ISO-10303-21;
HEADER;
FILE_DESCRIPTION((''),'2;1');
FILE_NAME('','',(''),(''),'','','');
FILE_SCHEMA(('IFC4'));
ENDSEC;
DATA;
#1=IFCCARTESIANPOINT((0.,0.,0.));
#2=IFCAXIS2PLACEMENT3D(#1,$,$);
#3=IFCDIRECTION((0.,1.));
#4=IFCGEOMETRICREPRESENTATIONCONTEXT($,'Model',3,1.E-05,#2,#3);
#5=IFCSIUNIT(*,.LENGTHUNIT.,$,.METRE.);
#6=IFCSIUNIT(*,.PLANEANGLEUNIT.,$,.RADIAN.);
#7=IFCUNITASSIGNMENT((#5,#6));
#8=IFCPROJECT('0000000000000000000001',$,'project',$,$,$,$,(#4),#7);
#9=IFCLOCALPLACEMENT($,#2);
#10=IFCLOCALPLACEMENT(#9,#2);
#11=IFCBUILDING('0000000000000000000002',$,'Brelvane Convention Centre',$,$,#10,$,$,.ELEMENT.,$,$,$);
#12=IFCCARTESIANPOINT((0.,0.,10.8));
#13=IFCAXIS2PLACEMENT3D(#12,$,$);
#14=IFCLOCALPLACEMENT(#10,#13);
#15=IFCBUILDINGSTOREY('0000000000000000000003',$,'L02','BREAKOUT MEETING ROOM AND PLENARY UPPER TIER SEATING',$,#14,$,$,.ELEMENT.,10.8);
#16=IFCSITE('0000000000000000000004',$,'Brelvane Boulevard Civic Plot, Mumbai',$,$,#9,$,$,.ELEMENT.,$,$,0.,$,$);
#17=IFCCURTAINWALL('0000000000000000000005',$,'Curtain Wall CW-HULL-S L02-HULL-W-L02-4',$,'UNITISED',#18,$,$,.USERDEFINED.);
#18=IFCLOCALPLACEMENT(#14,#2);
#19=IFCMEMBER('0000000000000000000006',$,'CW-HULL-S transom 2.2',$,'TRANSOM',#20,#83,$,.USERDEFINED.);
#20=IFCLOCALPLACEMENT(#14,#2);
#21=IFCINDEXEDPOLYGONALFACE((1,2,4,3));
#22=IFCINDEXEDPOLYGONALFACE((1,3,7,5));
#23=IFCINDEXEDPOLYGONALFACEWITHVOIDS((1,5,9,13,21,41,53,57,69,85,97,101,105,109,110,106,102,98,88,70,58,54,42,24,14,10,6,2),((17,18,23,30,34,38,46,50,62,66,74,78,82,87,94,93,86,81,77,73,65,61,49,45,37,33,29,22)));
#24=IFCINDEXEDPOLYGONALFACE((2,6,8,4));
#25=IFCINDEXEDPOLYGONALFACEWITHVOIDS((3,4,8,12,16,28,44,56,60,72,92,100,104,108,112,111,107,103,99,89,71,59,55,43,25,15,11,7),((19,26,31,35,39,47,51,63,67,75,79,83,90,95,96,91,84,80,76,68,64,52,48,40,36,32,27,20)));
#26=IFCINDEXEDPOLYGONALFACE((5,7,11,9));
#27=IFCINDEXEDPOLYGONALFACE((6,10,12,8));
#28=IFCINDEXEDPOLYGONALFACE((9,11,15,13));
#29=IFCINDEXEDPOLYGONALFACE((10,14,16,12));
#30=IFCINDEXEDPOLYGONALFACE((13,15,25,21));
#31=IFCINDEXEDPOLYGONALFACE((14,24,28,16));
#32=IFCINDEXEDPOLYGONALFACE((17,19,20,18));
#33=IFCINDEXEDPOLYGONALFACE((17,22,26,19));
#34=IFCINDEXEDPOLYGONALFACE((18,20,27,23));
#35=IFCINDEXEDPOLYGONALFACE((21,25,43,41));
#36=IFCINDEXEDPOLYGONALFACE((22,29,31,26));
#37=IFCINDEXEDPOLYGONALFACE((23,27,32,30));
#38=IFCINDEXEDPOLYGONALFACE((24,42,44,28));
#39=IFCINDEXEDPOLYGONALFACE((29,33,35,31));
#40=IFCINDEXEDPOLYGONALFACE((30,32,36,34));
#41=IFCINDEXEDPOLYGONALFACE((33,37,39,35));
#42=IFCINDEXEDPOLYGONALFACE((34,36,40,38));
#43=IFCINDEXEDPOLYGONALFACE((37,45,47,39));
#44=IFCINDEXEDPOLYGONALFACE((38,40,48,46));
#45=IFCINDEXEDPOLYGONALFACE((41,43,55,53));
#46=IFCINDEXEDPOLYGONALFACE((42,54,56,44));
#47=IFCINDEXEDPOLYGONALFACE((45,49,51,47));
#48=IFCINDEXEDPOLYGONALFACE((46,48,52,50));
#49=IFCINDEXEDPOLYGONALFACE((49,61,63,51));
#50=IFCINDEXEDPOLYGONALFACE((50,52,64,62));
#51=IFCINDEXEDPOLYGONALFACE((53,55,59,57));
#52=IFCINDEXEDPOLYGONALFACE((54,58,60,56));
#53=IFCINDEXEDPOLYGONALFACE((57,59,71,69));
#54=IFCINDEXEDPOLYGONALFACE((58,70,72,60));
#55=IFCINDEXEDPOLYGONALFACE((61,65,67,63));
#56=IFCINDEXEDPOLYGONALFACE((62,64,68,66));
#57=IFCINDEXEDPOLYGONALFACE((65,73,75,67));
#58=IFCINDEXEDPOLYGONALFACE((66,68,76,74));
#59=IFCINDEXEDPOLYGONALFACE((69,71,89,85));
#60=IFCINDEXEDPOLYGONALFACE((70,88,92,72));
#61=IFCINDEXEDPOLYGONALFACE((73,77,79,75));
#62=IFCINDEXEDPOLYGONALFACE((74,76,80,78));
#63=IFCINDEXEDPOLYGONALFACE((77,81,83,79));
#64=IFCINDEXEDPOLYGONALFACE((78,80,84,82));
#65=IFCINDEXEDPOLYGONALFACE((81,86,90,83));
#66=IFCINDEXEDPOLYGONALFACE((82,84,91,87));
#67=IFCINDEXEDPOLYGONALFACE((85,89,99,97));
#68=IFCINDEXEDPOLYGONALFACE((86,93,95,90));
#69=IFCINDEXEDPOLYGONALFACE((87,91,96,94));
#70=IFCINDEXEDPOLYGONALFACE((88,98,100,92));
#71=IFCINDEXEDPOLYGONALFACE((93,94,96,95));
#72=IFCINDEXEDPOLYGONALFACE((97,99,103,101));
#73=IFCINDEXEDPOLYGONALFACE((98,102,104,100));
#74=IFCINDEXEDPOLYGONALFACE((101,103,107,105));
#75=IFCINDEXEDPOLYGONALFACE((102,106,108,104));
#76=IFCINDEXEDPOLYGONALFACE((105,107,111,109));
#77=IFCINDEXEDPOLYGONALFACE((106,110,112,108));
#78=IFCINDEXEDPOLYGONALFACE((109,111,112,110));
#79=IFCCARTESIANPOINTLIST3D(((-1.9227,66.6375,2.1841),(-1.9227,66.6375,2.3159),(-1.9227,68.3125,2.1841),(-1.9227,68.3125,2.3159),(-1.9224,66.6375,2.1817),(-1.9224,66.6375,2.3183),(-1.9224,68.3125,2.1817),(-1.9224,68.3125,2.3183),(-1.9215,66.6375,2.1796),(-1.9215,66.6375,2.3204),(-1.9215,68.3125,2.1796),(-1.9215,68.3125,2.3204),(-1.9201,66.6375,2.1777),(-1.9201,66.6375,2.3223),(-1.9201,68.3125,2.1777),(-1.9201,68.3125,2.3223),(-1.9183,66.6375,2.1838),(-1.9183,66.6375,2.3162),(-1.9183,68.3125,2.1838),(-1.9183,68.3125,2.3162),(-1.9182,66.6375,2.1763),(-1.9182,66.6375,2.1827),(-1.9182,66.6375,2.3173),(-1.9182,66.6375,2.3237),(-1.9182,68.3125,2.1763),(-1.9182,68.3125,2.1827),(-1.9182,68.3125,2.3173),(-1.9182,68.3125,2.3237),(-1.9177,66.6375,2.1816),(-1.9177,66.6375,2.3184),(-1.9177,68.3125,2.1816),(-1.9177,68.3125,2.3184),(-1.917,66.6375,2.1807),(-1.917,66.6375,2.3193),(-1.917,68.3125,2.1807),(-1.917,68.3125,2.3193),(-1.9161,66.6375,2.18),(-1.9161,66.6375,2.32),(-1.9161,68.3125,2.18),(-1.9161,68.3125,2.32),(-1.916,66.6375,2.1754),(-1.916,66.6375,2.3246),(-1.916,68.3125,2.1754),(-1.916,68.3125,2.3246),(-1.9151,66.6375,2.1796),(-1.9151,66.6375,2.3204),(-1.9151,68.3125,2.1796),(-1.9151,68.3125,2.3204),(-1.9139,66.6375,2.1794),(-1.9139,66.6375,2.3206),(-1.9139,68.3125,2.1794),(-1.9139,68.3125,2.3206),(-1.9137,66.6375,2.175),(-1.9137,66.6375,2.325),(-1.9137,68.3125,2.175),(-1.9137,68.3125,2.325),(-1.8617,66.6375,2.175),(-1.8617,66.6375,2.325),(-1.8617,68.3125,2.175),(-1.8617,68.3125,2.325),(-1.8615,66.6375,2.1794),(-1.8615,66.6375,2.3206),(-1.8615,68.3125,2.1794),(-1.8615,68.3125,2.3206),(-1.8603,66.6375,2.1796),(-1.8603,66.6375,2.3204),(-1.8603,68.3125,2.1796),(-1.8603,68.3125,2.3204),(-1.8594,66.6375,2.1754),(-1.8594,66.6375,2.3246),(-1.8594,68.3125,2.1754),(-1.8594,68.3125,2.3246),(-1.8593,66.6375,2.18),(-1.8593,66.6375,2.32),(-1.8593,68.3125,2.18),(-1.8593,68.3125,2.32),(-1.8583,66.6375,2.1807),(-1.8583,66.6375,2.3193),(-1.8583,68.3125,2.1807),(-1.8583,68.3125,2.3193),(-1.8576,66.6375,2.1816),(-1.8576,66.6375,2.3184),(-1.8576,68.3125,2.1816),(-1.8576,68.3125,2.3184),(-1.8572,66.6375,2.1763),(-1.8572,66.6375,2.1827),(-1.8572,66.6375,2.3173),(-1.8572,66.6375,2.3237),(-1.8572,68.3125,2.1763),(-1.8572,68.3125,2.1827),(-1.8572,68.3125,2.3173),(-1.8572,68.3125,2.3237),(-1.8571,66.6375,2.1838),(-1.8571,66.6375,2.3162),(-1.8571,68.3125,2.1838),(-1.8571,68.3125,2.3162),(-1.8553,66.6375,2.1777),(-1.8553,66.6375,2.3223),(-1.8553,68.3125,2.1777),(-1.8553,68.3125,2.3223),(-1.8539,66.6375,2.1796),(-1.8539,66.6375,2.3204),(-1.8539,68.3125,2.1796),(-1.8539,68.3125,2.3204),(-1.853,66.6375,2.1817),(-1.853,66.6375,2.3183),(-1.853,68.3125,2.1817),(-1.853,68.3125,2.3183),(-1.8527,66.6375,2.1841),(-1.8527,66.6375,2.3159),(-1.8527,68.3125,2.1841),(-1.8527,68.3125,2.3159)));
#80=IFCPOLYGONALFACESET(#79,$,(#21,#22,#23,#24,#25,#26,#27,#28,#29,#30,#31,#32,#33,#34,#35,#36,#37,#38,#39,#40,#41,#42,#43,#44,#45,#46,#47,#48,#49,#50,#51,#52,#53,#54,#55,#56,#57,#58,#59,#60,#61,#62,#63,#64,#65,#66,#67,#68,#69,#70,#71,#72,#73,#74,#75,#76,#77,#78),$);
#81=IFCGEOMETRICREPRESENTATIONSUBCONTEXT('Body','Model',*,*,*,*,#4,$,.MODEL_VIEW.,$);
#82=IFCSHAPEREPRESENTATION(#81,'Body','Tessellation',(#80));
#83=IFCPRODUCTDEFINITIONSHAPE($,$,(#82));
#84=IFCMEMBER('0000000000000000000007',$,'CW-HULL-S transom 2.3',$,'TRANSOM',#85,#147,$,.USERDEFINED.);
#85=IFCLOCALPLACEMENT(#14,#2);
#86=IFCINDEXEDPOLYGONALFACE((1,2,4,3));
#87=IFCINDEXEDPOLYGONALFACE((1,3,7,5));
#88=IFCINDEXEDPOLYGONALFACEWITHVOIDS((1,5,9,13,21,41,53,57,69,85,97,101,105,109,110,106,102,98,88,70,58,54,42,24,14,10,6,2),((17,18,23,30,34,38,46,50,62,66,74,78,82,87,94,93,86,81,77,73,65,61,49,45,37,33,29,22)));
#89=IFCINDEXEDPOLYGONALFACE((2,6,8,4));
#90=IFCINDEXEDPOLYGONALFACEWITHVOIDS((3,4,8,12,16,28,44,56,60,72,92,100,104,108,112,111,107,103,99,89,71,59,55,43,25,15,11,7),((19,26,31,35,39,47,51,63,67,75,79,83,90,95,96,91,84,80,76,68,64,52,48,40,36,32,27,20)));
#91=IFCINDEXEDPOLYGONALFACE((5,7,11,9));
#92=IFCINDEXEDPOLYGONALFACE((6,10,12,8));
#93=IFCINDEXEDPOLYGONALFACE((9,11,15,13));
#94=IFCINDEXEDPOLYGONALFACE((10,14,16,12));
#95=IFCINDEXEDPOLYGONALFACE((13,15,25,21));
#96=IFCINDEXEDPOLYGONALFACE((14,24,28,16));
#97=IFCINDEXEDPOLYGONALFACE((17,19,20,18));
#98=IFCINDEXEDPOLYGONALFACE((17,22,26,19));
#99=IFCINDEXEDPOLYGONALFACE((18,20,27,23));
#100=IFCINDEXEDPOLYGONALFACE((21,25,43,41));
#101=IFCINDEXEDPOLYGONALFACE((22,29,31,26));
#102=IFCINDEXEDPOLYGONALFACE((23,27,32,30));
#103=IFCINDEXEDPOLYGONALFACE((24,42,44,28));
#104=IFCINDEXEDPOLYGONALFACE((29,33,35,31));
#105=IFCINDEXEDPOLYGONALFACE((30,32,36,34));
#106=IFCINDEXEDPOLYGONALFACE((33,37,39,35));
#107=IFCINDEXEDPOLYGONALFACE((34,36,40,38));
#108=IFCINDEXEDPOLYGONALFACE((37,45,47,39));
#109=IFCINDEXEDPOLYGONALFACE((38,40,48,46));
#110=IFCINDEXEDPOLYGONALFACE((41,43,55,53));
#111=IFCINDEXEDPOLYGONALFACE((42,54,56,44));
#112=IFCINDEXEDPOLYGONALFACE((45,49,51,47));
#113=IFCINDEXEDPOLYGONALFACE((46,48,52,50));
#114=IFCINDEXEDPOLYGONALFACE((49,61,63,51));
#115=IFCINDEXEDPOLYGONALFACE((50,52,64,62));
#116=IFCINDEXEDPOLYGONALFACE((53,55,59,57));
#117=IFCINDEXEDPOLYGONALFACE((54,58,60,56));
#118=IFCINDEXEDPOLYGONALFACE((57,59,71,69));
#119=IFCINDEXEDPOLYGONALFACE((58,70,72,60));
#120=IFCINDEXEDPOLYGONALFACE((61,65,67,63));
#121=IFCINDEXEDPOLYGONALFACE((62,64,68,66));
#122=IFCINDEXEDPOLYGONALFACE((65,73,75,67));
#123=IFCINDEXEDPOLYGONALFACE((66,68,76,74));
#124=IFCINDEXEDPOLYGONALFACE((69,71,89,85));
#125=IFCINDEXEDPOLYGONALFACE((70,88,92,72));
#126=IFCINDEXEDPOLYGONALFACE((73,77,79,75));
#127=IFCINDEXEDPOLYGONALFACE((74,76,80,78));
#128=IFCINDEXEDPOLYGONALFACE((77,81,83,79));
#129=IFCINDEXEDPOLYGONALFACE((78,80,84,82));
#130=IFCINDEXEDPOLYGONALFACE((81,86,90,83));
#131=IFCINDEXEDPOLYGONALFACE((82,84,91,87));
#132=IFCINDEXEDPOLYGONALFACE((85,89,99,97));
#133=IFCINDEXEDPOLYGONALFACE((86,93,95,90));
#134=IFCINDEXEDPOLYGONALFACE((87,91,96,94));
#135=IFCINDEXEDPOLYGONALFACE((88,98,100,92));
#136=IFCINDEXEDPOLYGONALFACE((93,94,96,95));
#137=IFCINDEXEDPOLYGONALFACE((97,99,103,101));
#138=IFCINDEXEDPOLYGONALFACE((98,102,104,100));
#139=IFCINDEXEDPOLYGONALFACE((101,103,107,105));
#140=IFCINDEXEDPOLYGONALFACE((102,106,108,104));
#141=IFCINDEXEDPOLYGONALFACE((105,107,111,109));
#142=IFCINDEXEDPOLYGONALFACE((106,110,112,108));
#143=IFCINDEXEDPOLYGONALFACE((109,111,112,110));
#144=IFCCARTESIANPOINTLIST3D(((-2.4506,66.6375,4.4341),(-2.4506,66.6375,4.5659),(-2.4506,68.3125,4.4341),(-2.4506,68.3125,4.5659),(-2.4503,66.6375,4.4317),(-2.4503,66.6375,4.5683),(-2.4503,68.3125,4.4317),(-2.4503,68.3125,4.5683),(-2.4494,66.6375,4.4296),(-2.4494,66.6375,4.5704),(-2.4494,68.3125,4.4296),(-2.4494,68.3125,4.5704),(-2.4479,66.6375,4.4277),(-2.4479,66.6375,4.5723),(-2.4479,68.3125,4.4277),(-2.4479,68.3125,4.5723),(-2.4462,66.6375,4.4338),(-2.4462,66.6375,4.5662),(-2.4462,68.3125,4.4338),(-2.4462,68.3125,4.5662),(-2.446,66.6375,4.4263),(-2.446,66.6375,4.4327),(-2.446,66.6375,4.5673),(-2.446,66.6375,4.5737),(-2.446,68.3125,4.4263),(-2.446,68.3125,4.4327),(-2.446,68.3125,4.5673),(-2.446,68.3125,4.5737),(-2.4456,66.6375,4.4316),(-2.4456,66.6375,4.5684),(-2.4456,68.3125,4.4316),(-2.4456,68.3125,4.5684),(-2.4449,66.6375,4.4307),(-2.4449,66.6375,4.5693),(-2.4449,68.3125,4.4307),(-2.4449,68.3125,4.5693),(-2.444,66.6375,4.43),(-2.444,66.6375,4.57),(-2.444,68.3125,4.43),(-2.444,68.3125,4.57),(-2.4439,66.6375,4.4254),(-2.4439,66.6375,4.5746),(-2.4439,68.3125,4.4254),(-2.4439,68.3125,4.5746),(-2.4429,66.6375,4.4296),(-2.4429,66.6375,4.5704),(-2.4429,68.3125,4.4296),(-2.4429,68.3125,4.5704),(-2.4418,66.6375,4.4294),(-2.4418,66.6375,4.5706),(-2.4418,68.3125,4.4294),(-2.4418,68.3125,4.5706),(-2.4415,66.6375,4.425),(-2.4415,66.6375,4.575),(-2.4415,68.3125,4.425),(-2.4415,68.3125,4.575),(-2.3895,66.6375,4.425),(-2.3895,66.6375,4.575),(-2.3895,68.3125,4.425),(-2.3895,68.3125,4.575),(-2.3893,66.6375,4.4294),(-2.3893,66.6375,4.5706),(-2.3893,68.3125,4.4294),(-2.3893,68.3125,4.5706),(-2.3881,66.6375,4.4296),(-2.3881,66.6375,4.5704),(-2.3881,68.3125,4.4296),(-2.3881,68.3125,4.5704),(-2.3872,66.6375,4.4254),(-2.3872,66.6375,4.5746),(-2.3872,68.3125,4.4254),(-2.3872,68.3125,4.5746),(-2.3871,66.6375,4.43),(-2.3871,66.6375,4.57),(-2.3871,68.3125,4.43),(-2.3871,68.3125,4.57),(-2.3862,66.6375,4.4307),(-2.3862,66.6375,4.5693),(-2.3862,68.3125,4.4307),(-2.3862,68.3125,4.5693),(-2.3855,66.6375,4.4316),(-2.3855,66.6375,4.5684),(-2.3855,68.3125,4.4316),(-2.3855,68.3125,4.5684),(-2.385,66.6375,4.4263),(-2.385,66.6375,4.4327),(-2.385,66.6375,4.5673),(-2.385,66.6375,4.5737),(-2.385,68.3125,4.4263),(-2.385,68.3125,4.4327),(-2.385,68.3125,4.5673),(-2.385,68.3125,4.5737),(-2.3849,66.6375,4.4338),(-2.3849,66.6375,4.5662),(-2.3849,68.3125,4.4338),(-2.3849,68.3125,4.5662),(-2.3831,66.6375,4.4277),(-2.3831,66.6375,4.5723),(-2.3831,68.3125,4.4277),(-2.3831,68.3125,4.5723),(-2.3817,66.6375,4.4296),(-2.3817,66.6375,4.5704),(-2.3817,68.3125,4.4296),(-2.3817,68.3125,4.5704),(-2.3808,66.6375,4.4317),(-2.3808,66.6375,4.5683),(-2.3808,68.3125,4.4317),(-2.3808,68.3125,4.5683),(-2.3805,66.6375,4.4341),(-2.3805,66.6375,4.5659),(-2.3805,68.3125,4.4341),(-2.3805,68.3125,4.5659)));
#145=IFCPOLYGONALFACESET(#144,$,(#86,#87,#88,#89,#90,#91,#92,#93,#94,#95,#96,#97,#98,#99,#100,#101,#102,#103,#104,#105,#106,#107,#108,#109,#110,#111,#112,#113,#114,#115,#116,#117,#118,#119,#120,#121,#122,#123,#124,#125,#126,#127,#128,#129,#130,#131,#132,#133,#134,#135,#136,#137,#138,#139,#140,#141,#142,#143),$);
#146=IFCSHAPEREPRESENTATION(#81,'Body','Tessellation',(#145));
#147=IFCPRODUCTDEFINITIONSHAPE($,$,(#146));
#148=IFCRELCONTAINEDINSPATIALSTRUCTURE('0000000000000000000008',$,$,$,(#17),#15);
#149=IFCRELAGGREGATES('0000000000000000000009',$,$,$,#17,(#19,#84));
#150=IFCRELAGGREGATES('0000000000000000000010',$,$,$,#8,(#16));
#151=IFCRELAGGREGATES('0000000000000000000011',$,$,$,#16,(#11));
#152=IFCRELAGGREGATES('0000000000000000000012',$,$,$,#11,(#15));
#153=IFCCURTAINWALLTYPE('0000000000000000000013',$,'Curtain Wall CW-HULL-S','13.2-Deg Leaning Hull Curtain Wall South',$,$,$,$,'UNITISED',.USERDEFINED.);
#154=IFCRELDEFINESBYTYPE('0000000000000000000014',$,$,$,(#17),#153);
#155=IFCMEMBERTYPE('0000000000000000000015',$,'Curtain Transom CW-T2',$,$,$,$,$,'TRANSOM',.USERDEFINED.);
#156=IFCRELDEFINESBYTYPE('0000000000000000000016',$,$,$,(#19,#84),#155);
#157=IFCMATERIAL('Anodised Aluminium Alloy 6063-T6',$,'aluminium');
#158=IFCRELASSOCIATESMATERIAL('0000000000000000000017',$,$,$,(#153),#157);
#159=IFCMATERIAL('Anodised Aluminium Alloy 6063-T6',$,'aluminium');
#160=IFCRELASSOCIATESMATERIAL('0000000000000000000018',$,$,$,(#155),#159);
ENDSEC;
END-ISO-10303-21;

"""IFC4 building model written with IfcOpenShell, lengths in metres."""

from ifc_helpers import new_model, si_unit, direction, frame, origin, origin_2d, place, context, subcontext, project, spatial, hollow_rectangle, extrude, material, material_profile, profile_set, type_object, element, aggregate, save


model = new_model("IFC4")

# Units and contexts
model_context = context("Model", 3, precision=1e-05, world=origin(), true_north=direction((0.0, 1.0)))
body_context = subcontext(model_context, "Body", "Model", "MODEL_VIEW")
ifc_project = project(units=[si_unit("LENGTHUNIT", "METRE"), si_unit("PLANEANGLEUNIT", "RADIAN")], contexts=[model_context])

# Site, building, storey
site_placement = place(None, origin())
site = spatial("IfcSite", under=ifc_project, at=site_placement, Name="Brelvane Boulevard Civic Plot, Mumbai", CompositionType="ELEMENT", RefElevation=0.0)
building_placement = place(site_placement, origin())
building = spatial("IfcBuilding", under=site, at=building_placement, Name="Brelvane Convention Centre", CompositionType="ELEMENT")
storey_placement = place(building_placement, frame((0.0, 0.0, 10.8)))
storey = spatial("IfcBuildingStorey", under=building, at=storey_placement, Name="L02", Description="BREAKOUT MEETING ROOM AND PLENARY UPPER TIER SEATING", CompositionType="ELEMENT", Elevation=10.8)

# Shared definitions
ifc_material_1 = material(Name="Anodised Aluminium Alloy 6063-T6", Category="aluminium")
curtain_wall_type = type_object("IfcCurtainWallType", Name="Curtain Wall CW-HULL-S", Description="13.2-Deg Leaning Hull Curtain Wall South", ElementType="UNITISED", PredefinedType="USERDEFINED", material=ifc_material_1)

# Curtain wall
curtain_wall_1_placement = place(storey_placement, origin())
curtain_wall_1 = element("IfcCurtainWall", 1, at=curtain_wall_1_placement, inside=storey, type_object=curtain_wall_type, Name="Curtain Wall CW-HULL-S L02-HULL-W-L02-4", ObjectType="UNITISED", PredefinedType="USERDEFINED")

# Members
ifc_material_2 = material(Name="Anodised Aluminium Alloy 6063-T6", Category="aluminium")
ifc_material_profile_1 = material_profile(ifc_material_2, hollow_rectangle(XDim=0.0701, YDim=0.1499, WallThickness=0.0044, InnerFilletRadius=0.0044, OuterFilletRadius=0.009, at=origin_2d()), Name="ALU-T 150x70x4.5")
ifc_profile_set_1 = profile_set([ifc_material_profile_1], Name="Anodised Aluminium Alloy 6063-T6")
member_type_1 = type_object("IfcMemberType", Name="Curtain Transom CW-T2", ElementType="TRANSOM", PredefinedType="USERDEFINED", material=ifc_profile_set_1)
member_1_placement = place(storey_placement, frame((-1.8877, 66.6375, 2.25), z_axis=(0.0, 1.0, 0.0), x_axis=(-1.0, 0.0, 0.0)))
member_1 = element("IfcMember", 2, at=member_1_placement, type_object=member_type_1, Name="CW-HULL-S transom 2.2", ObjectType="TRANSOM", PredefinedType="USERDEFINED", context=body_context, shape_type="SweptSolid", body=[
    extrude(hollow_rectangle(XDim=0.0701, YDim=0.1499, WallThickness=0.0044, InnerFilletRadius=0.0044, OuterFilletRadius=0.009, at=origin_2d()), origin(), (0.0, 0.0, 1.0), 1.675),
])
member_2_placement = place(storey_placement, frame((-2.4155, 66.6375, 4.5), z_axis=(0.0, 1.0, 0.0), x_axis=(-1.0, 0.0, 0.0)))
member_2 = element("IfcMember", 3, at=member_2_placement, type_object=member_type_1, Name="CW-HULL-S transom 2.3", ObjectType="TRANSOM", PredefinedType="USERDEFINED", context=body_context, shape_type="SweptSolid", body=[
    extrude(hollow_rectangle(XDim=0.0701, YDim=0.1499, WallThickness=0.0044, InnerFilletRadius=0.0044, OuterFilletRadius=0.009, at=origin_2d()), origin(), (0.0, 0.0, 1.0), 1.675),
])

aggregate(curtain_wall_1, [member_1, member_2])

save(model, "model.ifc")
